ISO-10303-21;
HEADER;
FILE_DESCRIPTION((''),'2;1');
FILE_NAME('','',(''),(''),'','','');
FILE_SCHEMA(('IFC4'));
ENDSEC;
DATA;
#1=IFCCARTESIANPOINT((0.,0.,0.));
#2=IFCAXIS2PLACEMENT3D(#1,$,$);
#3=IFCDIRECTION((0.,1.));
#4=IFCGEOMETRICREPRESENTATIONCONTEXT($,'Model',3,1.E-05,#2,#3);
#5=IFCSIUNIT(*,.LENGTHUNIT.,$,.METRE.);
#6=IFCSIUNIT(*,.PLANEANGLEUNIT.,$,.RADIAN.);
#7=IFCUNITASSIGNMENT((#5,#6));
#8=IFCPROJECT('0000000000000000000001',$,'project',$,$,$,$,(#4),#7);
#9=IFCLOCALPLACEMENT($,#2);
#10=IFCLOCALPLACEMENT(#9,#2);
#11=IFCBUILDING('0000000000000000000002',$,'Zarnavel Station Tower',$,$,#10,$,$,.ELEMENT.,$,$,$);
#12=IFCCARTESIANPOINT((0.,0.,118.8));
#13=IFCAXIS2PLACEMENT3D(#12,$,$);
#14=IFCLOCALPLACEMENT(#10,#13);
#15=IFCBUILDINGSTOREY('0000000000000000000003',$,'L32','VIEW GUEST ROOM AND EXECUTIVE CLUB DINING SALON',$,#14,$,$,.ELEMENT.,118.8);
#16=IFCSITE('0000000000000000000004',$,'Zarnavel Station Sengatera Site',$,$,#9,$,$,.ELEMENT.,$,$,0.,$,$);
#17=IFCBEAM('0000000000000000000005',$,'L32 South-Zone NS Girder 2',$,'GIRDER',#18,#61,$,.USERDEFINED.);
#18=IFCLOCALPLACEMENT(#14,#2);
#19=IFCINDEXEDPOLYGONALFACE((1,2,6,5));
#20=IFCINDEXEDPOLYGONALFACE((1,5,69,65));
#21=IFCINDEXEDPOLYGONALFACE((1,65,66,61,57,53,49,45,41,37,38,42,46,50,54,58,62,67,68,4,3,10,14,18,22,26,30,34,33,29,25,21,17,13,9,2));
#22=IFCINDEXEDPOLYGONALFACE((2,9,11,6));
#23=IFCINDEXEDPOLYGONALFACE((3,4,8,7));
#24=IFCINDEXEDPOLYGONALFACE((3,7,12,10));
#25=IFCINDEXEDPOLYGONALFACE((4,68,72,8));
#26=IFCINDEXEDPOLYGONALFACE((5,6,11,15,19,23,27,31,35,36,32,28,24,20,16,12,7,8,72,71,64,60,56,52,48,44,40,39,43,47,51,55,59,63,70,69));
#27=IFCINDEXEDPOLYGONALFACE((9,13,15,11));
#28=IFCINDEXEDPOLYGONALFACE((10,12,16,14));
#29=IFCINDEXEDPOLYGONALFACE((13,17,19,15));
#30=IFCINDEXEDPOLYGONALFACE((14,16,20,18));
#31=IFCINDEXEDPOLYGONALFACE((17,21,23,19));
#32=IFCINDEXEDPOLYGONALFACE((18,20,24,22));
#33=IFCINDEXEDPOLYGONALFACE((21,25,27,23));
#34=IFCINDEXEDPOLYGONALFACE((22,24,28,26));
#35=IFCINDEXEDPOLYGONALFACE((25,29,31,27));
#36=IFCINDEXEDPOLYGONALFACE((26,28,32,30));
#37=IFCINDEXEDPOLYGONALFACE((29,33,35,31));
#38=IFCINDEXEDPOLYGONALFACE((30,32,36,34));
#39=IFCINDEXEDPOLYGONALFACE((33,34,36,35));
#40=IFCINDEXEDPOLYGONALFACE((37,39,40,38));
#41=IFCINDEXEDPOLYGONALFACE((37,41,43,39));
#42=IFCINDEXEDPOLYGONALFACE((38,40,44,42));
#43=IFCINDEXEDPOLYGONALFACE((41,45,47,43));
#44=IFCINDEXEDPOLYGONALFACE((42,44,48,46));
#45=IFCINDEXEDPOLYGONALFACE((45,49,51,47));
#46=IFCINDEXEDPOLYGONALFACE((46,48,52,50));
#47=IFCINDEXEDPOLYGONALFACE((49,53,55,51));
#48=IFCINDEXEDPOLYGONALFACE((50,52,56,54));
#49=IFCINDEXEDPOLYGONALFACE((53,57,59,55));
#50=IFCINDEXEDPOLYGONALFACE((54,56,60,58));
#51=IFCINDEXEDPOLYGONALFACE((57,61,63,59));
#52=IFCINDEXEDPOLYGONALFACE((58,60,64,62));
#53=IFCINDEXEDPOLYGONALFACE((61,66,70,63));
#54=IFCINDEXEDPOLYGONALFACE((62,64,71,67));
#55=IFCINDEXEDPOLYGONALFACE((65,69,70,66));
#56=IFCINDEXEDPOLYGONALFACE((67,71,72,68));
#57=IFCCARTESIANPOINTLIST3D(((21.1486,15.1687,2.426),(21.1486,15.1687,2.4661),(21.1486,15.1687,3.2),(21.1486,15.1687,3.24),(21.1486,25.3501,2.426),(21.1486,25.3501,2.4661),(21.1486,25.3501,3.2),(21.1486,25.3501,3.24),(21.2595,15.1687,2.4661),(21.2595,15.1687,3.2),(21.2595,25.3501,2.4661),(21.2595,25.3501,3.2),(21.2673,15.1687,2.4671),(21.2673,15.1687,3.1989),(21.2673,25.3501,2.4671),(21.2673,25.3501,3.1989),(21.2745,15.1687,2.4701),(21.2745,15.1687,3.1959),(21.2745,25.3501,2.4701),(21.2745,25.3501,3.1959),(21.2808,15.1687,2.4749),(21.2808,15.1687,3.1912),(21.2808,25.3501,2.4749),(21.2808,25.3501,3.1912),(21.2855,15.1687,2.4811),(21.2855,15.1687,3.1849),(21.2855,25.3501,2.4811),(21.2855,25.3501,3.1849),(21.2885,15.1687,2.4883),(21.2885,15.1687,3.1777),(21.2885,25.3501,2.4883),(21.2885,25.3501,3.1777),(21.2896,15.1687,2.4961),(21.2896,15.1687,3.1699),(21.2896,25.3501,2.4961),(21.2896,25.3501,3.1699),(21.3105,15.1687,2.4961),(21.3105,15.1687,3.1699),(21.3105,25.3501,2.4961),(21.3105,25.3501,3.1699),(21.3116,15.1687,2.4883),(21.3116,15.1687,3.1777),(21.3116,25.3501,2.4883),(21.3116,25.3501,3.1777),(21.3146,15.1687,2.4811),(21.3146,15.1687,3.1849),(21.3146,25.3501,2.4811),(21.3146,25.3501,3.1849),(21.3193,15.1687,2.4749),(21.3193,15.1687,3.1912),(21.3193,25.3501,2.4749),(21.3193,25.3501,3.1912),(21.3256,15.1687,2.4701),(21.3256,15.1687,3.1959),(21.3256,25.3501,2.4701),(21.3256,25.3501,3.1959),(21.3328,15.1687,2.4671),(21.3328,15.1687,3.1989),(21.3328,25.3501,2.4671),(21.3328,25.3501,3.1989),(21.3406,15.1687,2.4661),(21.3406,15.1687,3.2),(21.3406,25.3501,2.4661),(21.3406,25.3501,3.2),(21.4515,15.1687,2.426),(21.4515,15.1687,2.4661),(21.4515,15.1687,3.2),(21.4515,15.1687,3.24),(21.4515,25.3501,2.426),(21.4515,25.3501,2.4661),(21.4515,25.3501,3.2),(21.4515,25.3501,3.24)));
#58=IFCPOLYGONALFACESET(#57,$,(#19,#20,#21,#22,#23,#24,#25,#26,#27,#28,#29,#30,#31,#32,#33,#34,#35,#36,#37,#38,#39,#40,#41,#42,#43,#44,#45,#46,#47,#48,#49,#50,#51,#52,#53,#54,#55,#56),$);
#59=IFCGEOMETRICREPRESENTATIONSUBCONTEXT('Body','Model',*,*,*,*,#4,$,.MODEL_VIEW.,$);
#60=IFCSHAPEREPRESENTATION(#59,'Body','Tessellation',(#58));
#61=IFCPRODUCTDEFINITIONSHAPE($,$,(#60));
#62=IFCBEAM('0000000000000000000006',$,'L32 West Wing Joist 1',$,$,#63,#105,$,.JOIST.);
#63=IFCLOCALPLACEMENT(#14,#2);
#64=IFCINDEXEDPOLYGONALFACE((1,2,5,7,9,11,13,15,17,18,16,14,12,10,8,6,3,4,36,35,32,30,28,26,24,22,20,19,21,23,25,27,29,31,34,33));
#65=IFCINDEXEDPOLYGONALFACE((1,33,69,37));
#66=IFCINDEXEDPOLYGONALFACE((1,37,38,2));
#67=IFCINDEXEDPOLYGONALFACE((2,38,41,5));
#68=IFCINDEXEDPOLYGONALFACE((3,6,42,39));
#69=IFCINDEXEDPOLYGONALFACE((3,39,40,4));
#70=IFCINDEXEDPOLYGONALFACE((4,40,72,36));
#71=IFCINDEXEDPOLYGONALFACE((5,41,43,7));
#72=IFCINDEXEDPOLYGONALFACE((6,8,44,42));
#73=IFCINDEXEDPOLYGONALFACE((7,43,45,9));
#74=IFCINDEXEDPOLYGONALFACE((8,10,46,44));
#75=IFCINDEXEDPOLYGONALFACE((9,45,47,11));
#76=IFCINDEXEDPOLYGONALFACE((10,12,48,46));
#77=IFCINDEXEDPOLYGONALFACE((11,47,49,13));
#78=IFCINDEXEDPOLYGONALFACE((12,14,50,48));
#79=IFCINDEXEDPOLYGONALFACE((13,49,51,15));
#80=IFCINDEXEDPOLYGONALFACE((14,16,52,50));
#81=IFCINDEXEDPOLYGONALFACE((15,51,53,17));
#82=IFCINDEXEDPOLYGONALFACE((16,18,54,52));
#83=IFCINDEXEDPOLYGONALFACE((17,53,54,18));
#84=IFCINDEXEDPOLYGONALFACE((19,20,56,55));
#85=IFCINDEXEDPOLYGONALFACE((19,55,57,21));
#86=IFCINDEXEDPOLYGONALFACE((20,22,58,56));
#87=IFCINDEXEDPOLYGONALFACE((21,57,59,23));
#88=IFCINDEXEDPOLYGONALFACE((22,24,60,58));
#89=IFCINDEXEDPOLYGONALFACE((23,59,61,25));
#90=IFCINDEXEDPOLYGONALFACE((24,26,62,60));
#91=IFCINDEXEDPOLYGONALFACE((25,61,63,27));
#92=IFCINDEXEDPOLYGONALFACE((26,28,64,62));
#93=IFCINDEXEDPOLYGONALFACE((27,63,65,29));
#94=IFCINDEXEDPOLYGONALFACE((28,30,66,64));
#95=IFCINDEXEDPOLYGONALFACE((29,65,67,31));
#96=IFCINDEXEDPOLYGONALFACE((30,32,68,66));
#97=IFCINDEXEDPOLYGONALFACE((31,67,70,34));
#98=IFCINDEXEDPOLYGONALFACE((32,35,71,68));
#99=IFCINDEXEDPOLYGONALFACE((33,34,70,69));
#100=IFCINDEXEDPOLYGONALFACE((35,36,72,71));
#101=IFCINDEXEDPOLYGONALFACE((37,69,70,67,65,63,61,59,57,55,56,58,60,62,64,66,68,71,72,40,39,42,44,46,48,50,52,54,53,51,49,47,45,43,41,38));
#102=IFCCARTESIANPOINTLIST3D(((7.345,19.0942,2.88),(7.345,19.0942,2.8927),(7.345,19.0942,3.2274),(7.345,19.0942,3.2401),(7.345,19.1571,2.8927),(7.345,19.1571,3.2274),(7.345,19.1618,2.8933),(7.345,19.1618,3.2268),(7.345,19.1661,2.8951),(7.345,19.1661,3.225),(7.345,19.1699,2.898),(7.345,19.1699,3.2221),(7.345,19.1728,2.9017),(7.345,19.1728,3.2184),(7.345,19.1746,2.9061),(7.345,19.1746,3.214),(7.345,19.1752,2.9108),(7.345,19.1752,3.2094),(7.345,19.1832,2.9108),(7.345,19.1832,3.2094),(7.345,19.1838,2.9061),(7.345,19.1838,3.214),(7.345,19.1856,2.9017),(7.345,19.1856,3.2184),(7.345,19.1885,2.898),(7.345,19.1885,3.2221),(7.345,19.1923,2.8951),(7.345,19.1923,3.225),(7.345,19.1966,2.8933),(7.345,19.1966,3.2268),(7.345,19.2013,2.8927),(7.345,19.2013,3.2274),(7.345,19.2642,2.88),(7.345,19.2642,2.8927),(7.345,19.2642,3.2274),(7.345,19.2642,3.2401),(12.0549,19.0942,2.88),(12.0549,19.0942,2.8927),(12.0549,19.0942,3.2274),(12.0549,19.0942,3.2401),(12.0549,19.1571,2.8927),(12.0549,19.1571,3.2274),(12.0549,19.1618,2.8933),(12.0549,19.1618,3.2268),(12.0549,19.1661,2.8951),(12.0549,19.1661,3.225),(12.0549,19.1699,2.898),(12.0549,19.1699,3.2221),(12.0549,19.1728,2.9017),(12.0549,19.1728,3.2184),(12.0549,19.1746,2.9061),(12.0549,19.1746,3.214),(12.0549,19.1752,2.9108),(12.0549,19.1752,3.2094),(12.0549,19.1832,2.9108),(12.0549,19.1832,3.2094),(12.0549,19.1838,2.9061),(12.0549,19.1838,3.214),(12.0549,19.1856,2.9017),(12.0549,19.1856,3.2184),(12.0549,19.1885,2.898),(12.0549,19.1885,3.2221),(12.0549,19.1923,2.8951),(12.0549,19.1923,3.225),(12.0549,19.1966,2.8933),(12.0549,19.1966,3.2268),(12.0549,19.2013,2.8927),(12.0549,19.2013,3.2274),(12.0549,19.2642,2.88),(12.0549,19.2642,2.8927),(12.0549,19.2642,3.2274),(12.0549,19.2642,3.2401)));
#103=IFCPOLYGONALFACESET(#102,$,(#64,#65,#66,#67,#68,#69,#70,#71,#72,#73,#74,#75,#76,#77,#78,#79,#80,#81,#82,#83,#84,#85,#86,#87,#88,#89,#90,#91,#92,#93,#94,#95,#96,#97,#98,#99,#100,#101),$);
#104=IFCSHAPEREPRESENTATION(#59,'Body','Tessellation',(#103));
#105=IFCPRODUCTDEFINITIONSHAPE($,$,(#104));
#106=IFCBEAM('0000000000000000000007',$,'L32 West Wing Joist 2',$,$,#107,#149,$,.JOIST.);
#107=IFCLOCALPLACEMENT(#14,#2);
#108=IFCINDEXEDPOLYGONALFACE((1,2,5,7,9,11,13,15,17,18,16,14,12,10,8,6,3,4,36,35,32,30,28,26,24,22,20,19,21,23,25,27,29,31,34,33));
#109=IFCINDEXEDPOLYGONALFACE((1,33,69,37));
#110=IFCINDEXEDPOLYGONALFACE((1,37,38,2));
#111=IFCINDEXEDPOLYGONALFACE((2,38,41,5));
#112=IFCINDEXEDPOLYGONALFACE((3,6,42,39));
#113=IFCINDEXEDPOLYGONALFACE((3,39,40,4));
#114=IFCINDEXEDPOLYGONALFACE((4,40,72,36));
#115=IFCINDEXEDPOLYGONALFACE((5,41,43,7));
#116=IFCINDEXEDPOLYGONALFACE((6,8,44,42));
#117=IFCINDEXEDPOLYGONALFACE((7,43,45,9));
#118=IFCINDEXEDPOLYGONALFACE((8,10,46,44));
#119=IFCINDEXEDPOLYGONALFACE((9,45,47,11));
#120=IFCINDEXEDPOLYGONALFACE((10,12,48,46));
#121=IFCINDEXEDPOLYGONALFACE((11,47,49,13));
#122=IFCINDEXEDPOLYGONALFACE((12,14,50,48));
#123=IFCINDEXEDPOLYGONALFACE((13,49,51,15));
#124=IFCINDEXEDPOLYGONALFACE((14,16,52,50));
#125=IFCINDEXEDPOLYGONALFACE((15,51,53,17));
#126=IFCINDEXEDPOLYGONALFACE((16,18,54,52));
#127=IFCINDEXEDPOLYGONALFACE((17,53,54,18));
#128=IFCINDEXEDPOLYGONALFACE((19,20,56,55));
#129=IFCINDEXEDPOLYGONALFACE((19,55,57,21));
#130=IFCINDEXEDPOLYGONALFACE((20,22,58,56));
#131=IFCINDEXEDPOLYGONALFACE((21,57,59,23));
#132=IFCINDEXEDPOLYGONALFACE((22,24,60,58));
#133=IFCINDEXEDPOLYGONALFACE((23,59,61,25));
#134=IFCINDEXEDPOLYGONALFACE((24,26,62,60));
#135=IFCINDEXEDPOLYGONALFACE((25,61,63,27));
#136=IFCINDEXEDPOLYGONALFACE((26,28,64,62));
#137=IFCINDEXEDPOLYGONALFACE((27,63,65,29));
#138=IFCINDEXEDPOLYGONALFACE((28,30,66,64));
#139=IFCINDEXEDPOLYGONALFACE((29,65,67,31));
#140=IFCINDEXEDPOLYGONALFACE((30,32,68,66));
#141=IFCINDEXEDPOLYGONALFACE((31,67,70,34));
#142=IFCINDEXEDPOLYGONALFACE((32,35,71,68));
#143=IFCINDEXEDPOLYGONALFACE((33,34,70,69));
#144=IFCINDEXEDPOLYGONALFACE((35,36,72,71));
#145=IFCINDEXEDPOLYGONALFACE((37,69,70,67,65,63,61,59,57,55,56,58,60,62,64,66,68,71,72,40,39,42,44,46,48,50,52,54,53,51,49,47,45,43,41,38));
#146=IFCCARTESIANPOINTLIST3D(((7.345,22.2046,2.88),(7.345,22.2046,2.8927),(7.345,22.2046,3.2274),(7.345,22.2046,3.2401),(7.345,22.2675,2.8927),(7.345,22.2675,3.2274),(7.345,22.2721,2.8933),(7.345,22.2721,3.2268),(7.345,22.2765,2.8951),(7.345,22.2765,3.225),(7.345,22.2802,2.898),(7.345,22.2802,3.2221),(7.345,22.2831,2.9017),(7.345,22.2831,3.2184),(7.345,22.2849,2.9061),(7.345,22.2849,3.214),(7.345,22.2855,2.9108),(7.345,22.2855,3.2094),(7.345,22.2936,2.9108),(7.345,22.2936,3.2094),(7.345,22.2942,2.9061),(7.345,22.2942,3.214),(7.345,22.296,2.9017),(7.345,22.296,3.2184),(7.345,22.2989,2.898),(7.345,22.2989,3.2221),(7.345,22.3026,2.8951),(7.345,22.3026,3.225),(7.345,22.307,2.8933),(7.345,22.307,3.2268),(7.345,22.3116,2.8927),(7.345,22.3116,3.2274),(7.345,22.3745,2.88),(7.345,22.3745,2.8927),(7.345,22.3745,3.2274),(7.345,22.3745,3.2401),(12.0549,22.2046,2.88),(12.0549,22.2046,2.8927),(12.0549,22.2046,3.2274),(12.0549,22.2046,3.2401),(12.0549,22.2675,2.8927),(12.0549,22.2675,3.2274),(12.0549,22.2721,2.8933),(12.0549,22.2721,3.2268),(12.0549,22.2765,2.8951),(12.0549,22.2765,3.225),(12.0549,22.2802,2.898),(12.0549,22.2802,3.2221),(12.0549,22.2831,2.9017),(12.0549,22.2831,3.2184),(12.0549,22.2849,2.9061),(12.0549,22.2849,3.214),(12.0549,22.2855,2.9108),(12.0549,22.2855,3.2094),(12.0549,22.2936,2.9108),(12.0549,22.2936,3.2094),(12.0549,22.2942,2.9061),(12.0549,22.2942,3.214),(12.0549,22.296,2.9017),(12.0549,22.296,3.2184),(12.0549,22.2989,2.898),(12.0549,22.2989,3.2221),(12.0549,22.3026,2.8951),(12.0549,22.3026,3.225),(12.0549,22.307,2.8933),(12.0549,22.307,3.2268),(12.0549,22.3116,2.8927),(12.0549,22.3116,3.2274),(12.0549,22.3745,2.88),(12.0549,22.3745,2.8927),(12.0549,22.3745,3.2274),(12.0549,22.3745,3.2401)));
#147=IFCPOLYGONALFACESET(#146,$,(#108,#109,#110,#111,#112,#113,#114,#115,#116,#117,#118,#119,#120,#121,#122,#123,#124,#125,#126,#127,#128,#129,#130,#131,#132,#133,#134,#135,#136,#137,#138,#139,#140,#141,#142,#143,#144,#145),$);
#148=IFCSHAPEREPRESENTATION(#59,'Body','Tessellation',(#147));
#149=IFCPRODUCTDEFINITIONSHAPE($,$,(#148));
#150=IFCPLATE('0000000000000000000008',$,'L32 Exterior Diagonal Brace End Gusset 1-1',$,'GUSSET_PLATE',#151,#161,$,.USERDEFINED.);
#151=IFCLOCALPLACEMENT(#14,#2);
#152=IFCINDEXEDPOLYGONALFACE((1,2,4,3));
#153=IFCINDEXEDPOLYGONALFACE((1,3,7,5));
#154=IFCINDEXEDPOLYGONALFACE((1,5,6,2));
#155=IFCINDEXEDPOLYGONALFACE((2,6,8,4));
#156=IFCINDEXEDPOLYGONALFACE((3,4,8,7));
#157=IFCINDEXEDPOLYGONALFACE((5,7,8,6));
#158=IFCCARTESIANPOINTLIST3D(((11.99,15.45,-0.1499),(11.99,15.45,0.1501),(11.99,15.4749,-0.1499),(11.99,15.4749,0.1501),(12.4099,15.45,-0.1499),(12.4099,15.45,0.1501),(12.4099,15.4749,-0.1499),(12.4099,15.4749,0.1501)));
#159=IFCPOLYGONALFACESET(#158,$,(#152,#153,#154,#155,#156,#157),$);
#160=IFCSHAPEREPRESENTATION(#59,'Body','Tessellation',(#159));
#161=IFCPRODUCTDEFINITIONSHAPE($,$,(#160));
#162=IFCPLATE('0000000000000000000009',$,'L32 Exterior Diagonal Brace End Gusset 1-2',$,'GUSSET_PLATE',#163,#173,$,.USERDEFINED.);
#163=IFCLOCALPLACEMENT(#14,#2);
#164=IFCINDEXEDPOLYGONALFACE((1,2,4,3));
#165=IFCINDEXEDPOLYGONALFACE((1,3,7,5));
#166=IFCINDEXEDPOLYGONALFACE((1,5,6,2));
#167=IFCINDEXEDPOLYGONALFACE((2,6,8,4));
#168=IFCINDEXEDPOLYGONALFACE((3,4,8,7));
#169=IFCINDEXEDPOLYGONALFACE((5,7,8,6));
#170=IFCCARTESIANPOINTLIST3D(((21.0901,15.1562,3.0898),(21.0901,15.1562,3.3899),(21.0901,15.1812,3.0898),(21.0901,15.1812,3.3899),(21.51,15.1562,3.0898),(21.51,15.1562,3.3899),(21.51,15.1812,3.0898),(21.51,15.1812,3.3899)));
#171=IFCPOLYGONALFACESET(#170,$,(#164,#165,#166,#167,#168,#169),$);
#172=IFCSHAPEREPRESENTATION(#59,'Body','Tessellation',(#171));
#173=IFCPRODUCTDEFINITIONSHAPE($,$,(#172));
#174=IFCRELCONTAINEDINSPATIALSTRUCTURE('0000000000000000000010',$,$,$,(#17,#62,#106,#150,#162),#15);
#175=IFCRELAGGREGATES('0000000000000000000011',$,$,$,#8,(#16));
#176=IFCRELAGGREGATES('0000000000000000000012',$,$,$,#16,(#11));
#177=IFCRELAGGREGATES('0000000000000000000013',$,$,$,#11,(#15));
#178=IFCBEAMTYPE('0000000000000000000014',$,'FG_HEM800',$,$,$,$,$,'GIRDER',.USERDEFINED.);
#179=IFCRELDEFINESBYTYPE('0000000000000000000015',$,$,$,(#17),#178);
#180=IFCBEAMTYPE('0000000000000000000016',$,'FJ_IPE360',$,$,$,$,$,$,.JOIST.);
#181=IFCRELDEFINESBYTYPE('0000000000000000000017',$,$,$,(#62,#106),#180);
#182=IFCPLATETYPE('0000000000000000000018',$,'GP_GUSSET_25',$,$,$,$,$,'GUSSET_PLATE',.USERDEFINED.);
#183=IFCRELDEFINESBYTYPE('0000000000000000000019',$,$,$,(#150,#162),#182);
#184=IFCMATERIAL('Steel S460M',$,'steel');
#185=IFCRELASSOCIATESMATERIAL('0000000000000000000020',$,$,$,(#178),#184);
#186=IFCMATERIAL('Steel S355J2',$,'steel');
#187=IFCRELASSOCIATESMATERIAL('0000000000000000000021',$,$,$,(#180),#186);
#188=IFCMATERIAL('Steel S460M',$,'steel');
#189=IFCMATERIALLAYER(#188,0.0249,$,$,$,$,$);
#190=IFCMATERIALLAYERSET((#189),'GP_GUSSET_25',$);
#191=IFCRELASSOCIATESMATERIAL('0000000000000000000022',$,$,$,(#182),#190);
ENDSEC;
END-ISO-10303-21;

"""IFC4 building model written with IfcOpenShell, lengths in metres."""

from ifc_helpers import new_model, si_unit, direction, frame, origin, origin_2d, place, context, subcontext, project, spatial, rectangle, i_section, extrude, material, layer, layer_set, material_profile, profile_set, type_object, element, save


model = new_model("IFC4")

# Units and contexts
model_context = context("Model", 3, precision=1e-05, world=origin(), true_north=direction((0.0, 1.0)))
body_context = subcontext(model_context, "Body", "Model", "MODEL_VIEW")
ifc_project = project(units=[si_unit("LENGTHUNIT", "METRE"), si_unit("PLANEANGLEUNIT", "RADIAN")], contexts=[model_context])

# Site, building, storey
site_placement = place(None, origin())
site = spatial("IfcSite", under=ifc_project, at=site_placement, Name="Zarnavel Station Sengatera Site", CompositionType="ELEMENT", RefElevation=0.0)
building_placement = place(site_placement, origin())
building = spatial("IfcBuilding", under=site, at=building_placement, Name="Zarnavel Station Tower", CompositionType="ELEMENT")
storey_placement = place(building_placement, frame((0.0, 0.0, 118.8)))
storey = spatial("IfcBuildingStorey", under=building, at=storey_placement, Name="L32", Description="VIEW GUEST ROOM AND EXECUTIVE CLUB DINING SALON", CompositionType="ELEMENT", Elevation=118.8)

# Beams
ifc_material_1 = material(Name="Steel S460M", Category="steel")
ifc_material_profile_1 = material_profile(ifc_material_1, i_section(OverallWidth=0.303, OverallDepth=0.814, WebThickness=0.021, FlangeThickness=0.04, FilletRadius=0.03, at=origin_2d()), Name="HEM800")
ifc_profile_set_1 = profile_set([ifc_material_profile_1], Name="Steel S460M")
beam_type_1 = type_object("IfcBeamType", Name="FG_HEM800", ElementType="GIRDER", PredefinedType="USERDEFINED", material=ifc_profile_set_1)
beam_1_placement = place(storey_placement, frame((21.3, 15.1687, 2.833), z_axis=(0.0, 1.0, 0.0), x_axis=(-1.0, 0.0, 0.0)))
element("IfcBeam", 1, at=beam_1_placement, inside=storey, type_object=beam_type_1, Name="L32 South-Zone NS Girder 2", ObjectType="GIRDER", PredefinedType="USERDEFINED", context=body_context, shape_type="SweptSolid", body=[
    extrude(i_section(OverallWidth=0.303, OverallDepth=0.814, WebThickness=0.021, FlangeThickness=0.04, FilletRadius=0.03, at=origin_2d()), origin(), (0.0, 0.0, 1.0), 10.1814),
])
ifc_material_2 = material(Name="Steel S355J2", Category="steel")
ifc_material_profile_2 = material_profile(ifc_material_2, i_section(OverallWidth=0.1699, OverallDepth=0.3601, WebThickness=0.0081, FlangeThickness=0.0127, FilletRadius=0.0181, at=origin_2d()), Name="IPE360")
ifc_profile_set_2 = profile_set([ifc_material_profile_2], Name="Steel S355J2")
beam_type_2 = type_object("IfcBeamType", Name="FJ_IPE360", PredefinedType="JOIST", material=ifc_profile_set_2)
for number, where, z_axis, x_axis, name in (
    (2, (7.345, 19.1792, 3.0601), (1.0, 0.0, 0.0), (0.0, 1.0, 0.0), "L32 West Wing Joist 1"),
    (3, (7.345, 22.2896, 3.0601), (1.0, 0.0, 0.0), (0.0, 1.0, 0.0), "L32 West Wing Joist 2"),
):
    element("IfcBeam", number, at=place(storey_placement, frame(where, z_axis=z_axis, x_axis=x_axis)), inside=storey, type_object=beam_type_2, Name=name, PredefinedType="JOIST", context=body_context, shape_type="SweptSolid", body=[
        extrude(i_section(OverallWidth=0.1699, OverallDepth=0.3601, WebThickness=0.0081, FlangeThickness=0.0127, FilletRadius=0.0181, at=origin_2d()), origin(), (0.0, 0.0, 1.0), 4.71),
    ])

# Plates
ifc_material_3 = material(Name="Steel S460M", Category="steel")
ifc_layer_1 = layer(ifc_material_3, 0.0249)
ifc_layer_set_1 = layer_set([ifc_layer_1], Name="GP_GUSSET_25")
plate_type = type_object("IfcPlateType", Name="GP_GUSSET_25", ElementType="GUSSET_PLATE", PredefinedType="USERDEFINED", material=ifc_layer_set_1)
for number, where, z_axis, x_axis, name in (
    (4, (12.2, 15.4624, -0.1499), (0.0, 0.0, 1.0), (1.0, 0.0, 0.0), "L32 Exterior Diagonal Brace End Gusset 1-1"),
    (5, (21.3, 15.1687, 3.0898), (0.0, 0.0, 1.0), (1.0, 0.0, 0.0), "L32 Exterior Diagonal Brace End Gusset 1-2"),
):
    element("IfcPlate", number, at=place(storey_placement, frame(where, z_axis=z_axis, x_axis=x_axis)), inside=storey, type_object=plate_type, Name=name, ObjectType="GUSSET_PLATE", PredefinedType="USERDEFINED", context=body_context, shape_type="SweptSolid", body=[
        extrude(rectangle(XDim=0.4199, YDim=0.0249, at=origin_2d()), origin(), (0.0, 0.0, 1.0), 0.3),
    ])

save(model, "model.ifc")
